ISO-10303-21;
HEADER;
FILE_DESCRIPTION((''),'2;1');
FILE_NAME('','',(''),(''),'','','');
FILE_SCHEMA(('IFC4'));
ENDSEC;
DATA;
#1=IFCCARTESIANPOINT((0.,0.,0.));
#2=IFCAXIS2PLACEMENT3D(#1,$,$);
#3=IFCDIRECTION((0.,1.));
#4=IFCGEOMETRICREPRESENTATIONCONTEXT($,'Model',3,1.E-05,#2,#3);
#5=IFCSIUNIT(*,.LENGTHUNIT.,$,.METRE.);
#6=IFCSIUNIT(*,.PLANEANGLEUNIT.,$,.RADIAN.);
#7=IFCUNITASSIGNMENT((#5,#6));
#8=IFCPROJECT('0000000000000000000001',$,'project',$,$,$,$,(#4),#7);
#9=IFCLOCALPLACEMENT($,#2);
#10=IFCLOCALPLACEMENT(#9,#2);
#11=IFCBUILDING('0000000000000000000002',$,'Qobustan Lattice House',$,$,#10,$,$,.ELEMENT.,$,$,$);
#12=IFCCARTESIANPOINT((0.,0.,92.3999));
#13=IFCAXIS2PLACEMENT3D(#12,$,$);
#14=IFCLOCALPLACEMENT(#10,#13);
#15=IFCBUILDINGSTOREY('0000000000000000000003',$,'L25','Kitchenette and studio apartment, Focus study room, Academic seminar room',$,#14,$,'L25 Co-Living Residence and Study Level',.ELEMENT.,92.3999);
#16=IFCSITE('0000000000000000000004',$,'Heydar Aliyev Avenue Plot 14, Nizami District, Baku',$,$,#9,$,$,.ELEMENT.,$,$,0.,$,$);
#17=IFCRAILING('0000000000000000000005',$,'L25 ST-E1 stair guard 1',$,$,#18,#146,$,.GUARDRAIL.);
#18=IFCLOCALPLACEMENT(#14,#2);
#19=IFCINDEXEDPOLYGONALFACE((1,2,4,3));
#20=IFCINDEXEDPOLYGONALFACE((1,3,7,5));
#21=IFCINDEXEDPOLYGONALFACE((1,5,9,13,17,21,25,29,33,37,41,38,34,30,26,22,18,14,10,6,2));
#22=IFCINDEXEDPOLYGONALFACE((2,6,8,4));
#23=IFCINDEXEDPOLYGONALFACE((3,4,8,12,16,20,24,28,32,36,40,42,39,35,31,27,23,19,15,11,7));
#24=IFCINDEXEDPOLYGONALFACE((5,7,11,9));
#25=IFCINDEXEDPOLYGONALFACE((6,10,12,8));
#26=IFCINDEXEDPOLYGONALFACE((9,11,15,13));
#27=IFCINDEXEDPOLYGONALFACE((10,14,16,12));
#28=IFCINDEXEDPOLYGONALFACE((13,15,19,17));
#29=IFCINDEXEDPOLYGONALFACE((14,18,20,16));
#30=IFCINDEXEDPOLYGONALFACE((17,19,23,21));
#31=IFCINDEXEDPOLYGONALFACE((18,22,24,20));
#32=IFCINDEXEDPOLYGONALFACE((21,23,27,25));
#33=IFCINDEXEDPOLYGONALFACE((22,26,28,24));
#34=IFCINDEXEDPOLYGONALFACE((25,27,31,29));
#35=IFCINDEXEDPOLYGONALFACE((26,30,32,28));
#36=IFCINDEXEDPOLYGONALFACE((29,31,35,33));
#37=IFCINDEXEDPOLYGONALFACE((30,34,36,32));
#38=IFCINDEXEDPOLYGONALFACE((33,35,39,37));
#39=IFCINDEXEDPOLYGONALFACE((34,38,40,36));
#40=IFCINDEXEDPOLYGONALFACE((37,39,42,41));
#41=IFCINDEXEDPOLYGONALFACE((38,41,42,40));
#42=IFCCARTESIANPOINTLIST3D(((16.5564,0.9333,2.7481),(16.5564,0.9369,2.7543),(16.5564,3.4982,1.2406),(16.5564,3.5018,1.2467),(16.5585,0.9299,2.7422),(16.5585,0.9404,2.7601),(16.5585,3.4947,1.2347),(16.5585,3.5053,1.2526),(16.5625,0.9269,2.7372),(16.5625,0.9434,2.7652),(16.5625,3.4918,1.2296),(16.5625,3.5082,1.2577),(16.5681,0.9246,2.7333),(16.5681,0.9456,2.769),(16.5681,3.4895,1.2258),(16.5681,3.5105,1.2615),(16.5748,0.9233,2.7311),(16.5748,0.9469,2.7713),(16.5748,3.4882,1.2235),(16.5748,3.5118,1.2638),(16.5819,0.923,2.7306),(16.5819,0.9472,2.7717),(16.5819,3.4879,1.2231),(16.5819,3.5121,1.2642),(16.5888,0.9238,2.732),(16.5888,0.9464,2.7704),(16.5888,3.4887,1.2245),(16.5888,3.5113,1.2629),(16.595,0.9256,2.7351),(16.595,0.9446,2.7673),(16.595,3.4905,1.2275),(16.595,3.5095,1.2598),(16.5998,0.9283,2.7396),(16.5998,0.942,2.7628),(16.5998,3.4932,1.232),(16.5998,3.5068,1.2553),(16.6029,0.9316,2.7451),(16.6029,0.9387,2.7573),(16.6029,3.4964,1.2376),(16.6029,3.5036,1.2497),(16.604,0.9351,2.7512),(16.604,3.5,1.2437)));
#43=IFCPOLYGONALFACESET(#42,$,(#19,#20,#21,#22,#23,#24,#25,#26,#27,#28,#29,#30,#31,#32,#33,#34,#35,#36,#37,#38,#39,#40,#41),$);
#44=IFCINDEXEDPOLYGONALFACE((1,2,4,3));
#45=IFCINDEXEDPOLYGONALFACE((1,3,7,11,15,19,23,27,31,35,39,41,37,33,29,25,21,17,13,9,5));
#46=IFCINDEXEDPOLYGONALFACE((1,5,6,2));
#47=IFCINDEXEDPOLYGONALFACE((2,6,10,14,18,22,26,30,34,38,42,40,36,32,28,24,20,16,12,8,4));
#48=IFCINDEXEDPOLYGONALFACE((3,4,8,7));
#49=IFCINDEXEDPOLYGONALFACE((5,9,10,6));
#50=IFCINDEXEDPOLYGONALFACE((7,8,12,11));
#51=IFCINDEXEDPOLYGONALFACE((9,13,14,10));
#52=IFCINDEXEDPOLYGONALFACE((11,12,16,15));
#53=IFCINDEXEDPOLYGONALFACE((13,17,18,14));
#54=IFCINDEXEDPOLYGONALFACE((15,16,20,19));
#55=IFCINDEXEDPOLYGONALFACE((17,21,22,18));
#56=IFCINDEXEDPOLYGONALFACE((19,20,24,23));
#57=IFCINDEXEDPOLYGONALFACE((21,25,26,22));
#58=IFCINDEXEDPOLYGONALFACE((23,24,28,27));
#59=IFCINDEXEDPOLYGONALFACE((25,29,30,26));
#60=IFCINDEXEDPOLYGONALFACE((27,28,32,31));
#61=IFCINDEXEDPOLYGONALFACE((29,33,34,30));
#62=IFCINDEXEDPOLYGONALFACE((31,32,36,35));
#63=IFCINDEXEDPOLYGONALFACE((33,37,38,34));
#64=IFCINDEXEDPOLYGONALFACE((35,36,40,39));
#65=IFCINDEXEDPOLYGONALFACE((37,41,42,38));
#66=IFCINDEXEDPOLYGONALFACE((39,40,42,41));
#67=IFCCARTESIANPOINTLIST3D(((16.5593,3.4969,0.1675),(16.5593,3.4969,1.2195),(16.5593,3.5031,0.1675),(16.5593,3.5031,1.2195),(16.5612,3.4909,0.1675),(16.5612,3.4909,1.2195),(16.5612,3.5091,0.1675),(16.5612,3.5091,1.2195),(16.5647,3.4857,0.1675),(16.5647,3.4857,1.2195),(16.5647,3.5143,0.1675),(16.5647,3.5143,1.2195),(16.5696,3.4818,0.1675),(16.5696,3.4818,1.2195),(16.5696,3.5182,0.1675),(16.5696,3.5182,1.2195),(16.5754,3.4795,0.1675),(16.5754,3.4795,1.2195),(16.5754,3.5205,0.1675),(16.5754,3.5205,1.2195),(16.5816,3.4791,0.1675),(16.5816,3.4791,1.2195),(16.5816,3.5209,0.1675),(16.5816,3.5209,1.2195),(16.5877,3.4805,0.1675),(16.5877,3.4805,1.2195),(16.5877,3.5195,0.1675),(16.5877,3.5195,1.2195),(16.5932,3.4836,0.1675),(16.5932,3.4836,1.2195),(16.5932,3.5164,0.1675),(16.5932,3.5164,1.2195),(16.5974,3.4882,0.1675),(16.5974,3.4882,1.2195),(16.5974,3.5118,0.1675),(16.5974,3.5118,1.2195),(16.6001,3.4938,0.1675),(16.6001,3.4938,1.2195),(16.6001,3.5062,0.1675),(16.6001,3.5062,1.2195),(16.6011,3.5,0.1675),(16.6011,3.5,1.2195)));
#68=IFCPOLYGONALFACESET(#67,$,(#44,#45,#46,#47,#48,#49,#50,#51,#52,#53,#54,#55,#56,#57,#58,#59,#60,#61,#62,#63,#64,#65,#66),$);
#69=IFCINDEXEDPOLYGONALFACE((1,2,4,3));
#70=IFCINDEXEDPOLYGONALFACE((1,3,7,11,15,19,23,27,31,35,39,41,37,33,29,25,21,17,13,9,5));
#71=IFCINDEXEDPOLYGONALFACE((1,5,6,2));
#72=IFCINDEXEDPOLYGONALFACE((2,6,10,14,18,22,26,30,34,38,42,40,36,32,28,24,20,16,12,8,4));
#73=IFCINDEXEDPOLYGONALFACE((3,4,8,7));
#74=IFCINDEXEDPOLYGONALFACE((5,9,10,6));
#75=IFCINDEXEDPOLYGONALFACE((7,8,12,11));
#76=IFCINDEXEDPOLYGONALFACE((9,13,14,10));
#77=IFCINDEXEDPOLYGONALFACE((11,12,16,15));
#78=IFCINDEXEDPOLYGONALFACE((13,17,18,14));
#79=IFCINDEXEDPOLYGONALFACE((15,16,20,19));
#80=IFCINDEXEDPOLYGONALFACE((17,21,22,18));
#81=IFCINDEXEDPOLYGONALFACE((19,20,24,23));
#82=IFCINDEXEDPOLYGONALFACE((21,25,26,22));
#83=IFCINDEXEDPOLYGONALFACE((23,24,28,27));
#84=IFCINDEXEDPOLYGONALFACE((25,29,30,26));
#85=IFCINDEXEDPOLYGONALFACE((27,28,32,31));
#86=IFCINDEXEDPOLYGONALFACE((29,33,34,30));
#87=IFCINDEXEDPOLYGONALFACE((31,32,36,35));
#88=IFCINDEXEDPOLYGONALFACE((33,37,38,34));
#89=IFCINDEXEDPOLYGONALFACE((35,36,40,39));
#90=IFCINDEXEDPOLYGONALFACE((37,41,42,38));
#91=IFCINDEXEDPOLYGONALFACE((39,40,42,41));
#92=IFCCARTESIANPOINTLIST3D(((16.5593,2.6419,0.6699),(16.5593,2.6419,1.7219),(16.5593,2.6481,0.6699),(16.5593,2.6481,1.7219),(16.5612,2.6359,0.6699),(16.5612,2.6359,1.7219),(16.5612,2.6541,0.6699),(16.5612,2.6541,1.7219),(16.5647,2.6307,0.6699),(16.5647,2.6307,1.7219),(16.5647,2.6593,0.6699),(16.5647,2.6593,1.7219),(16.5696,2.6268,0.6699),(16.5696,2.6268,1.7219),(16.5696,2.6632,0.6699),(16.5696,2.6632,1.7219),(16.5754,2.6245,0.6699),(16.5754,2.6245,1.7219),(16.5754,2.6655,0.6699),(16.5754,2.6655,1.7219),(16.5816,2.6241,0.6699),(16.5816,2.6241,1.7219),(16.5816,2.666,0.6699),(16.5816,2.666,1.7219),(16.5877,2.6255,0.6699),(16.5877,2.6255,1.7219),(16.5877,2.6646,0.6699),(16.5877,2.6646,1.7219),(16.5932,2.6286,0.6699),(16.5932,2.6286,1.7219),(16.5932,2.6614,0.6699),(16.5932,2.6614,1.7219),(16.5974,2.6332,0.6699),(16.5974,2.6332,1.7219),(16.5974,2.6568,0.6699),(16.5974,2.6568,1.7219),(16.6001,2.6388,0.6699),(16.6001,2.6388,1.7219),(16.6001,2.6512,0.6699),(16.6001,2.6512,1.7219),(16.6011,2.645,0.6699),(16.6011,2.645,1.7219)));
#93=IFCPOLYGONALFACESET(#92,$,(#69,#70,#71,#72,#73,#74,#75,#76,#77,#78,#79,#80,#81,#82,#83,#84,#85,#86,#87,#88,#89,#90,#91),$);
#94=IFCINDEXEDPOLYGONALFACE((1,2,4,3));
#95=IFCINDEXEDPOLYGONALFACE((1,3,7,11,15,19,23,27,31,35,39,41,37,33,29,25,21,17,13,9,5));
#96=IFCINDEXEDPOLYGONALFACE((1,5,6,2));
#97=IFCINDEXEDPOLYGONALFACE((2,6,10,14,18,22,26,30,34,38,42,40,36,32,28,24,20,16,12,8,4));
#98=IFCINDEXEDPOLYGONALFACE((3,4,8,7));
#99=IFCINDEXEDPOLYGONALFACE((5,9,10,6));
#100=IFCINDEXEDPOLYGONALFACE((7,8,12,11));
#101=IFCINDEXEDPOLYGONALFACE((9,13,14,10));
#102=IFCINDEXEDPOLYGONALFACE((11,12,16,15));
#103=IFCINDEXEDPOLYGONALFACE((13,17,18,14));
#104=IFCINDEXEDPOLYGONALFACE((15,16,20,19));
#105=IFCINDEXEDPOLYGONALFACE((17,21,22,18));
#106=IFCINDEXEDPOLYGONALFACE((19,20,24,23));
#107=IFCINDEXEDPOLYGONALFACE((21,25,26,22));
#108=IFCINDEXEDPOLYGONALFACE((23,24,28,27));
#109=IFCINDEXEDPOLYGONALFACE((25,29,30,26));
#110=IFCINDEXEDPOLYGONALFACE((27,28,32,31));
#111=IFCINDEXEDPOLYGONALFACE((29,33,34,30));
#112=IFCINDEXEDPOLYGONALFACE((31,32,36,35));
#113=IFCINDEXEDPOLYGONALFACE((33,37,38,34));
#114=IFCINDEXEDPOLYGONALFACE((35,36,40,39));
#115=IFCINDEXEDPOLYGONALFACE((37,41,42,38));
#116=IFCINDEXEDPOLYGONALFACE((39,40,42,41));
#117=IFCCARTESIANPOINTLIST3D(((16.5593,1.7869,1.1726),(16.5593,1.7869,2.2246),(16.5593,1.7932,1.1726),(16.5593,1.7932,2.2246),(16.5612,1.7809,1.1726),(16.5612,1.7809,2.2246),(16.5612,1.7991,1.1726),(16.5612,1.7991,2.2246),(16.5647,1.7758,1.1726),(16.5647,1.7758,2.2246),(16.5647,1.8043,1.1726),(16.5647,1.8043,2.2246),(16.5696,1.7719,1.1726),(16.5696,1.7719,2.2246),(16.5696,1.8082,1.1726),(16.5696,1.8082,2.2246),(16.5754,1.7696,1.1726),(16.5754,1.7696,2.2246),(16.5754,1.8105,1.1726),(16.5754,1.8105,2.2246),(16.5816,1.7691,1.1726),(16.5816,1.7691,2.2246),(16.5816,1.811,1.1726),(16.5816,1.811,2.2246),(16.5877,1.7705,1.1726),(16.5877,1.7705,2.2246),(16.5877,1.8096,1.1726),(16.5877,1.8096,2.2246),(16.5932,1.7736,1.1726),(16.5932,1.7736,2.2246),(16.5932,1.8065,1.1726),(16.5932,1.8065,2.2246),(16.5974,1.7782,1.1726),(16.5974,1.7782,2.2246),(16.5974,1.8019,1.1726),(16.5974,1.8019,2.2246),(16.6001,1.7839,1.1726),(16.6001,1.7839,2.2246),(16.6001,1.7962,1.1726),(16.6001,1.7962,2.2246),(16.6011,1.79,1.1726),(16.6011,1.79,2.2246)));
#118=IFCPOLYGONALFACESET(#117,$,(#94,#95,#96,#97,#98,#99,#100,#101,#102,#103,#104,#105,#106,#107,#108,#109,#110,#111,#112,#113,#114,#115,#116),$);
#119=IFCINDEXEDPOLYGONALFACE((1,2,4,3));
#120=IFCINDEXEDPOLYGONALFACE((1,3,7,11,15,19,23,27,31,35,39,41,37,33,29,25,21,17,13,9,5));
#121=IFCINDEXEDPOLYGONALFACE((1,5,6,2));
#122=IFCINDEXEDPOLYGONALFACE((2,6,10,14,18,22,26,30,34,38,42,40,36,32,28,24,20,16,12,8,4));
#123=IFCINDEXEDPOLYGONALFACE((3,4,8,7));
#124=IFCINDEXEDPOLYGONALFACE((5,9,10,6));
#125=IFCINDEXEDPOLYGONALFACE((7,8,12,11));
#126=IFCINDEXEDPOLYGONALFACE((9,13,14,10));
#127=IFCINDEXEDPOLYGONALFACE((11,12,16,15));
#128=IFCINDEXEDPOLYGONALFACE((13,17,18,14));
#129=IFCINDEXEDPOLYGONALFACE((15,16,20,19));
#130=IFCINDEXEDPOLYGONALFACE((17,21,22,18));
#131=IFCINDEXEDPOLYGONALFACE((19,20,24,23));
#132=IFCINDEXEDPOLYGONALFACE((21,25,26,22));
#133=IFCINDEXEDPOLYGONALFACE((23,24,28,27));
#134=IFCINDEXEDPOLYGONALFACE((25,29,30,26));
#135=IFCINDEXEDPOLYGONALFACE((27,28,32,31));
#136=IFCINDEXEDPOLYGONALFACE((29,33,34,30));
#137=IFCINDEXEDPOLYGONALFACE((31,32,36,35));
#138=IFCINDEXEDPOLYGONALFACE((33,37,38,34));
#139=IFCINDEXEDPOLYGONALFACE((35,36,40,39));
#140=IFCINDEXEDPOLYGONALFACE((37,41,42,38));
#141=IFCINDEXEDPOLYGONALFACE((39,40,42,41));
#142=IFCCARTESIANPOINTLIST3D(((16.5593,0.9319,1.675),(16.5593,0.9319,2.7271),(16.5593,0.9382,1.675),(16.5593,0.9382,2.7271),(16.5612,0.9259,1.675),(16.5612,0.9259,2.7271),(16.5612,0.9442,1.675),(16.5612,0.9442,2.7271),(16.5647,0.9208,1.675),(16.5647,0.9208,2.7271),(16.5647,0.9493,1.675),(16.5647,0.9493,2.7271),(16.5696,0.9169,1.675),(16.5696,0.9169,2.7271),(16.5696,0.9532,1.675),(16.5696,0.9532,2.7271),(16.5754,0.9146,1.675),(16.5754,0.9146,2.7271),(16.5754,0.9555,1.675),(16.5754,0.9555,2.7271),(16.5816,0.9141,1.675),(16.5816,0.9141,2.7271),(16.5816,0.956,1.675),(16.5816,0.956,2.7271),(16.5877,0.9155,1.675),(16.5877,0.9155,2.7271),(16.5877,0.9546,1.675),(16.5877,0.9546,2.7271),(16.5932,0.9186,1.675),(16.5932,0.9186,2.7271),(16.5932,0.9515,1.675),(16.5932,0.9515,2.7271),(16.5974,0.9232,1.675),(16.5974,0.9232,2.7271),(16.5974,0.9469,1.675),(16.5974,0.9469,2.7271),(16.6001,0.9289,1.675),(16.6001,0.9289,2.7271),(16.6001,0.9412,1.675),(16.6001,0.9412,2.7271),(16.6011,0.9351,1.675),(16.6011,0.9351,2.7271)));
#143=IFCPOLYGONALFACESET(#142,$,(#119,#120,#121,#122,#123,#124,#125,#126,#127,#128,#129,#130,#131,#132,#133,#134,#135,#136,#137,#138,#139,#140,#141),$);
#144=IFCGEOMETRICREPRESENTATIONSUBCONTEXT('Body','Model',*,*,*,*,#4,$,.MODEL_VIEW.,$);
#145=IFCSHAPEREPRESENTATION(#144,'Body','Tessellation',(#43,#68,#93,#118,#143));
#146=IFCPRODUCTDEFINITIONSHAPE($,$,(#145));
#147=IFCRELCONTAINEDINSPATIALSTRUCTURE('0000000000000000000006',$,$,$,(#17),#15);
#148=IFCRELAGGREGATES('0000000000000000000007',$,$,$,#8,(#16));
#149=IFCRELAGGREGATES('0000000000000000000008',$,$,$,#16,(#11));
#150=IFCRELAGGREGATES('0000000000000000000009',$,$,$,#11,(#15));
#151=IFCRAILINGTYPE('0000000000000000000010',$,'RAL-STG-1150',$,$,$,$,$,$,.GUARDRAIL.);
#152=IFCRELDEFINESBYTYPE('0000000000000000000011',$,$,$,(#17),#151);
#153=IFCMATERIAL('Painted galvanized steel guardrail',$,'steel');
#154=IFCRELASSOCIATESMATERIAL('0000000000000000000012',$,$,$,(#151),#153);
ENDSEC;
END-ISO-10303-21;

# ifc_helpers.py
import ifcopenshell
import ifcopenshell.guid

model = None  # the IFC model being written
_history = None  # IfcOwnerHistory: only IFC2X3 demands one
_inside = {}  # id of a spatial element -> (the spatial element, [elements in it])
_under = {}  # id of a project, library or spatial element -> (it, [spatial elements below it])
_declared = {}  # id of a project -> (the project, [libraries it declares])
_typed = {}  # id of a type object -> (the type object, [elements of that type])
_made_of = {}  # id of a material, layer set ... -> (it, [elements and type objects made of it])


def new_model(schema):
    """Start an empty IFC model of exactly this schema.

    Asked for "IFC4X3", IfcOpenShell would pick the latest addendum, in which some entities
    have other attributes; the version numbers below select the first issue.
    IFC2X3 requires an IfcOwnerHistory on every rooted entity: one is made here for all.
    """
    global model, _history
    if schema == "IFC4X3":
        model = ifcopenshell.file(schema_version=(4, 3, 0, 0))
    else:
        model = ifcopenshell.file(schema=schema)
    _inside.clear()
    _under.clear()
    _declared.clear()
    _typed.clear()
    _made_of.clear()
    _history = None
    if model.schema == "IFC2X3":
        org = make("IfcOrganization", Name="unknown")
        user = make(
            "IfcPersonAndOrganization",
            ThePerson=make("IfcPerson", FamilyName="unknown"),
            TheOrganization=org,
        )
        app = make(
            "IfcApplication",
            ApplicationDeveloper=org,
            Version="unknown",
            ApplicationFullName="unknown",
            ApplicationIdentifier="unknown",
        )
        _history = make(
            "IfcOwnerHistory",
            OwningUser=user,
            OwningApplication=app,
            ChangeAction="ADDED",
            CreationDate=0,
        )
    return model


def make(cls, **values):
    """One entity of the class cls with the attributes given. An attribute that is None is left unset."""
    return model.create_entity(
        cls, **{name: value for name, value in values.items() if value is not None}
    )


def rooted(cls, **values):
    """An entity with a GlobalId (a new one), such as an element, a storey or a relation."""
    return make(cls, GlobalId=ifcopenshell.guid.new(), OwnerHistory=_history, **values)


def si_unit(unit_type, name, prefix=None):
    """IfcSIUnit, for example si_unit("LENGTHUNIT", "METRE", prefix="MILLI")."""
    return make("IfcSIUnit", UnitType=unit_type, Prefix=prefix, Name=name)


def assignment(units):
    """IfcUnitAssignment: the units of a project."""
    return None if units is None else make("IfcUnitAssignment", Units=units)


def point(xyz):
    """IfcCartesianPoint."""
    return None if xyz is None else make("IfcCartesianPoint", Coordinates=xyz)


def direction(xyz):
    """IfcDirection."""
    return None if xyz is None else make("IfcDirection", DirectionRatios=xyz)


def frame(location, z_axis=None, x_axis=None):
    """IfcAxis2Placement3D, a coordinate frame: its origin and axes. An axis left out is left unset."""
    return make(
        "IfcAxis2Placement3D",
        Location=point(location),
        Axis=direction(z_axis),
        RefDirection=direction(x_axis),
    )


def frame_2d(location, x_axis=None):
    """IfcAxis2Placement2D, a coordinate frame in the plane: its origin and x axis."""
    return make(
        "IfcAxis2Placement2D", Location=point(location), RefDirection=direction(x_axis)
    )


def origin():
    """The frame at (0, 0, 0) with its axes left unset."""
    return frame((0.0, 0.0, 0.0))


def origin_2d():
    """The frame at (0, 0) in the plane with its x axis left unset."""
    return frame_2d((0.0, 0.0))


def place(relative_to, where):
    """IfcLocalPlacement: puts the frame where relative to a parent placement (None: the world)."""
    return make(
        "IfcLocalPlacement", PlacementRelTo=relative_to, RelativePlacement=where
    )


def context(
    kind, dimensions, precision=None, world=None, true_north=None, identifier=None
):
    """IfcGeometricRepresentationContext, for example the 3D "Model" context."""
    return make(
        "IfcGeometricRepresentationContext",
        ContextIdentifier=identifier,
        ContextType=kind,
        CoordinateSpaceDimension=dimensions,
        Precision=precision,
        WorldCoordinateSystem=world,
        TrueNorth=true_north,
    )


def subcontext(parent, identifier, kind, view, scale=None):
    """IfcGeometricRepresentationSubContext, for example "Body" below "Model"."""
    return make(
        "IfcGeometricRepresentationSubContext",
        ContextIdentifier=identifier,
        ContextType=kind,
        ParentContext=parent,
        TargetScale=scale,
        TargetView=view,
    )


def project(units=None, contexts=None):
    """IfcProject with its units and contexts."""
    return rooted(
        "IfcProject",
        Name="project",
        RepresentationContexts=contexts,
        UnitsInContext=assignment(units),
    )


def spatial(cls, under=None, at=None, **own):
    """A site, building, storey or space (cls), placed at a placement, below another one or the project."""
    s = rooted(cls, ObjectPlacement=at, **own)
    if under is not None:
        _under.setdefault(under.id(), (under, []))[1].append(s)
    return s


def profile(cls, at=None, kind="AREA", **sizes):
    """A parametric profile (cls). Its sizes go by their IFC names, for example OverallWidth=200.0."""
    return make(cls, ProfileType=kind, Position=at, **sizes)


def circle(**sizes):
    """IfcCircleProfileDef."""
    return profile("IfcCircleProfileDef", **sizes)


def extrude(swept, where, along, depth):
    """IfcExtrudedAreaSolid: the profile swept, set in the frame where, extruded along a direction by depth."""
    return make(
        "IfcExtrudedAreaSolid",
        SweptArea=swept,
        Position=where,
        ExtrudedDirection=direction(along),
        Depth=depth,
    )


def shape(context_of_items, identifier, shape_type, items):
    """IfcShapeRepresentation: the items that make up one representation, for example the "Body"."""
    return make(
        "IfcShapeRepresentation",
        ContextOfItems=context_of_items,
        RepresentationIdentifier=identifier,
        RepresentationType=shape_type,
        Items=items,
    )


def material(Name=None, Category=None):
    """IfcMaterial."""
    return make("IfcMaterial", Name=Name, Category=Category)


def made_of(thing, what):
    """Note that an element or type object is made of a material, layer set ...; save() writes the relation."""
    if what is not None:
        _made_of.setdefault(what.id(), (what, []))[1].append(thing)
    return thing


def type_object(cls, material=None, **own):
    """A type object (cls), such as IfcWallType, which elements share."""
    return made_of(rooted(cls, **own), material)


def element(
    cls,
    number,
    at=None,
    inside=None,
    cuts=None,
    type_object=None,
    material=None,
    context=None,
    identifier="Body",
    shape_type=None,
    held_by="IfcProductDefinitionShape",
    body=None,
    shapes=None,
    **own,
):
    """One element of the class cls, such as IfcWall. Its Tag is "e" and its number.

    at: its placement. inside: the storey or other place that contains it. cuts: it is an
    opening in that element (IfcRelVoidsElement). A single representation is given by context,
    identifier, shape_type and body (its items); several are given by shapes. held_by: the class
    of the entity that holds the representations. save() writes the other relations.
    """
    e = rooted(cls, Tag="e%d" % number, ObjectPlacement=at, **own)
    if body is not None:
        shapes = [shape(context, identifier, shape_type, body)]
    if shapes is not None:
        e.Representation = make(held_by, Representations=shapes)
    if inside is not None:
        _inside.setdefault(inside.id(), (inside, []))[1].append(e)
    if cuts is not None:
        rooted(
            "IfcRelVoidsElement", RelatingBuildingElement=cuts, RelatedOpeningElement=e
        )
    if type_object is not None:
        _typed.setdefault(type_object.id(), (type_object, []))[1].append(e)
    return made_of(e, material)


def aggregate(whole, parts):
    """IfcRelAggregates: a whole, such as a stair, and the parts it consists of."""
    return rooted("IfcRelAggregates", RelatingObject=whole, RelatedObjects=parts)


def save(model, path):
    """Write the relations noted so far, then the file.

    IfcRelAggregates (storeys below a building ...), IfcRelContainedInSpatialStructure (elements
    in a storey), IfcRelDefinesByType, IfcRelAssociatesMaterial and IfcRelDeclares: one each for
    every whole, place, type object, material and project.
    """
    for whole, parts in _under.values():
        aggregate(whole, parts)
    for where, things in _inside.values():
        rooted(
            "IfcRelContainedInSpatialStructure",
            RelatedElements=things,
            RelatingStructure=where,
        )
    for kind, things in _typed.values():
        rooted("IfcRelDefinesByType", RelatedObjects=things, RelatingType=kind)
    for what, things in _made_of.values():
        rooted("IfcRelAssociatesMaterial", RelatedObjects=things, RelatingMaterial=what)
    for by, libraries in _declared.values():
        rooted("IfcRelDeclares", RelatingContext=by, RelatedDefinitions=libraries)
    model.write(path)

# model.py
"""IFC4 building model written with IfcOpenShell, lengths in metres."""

from ifc_helpers import new_model, si_unit, direction, frame, origin, origin_2d, place, context, subcontext, project, spatial, circle, extrude, material, type_object, element, save


model = new_model("IFC4")

# Units and contexts
model_context = context("Model", 3, precision=1e-05, world=origin(), true_north=direction((0.0, 1.0)))
body_context = subcontext(model_context, "Body", "Model", "MODEL_VIEW")
ifc_project = project(units=[si_unit("LENGTHUNIT", "METRE"), si_unit("PLANEANGLEUNIT", "RADIAN")], contexts=[model_context])

# Site, building, storey
site_placement = place(None, origin())
site = spatial("IfcSite", under=ifc_project, at=site_placement, Name="Heydar Aliyev Avenue Plot 14, Nizami District, Baku", CompositionType="ELEMENT", RefElevation=0.0)
building_placement = place(site_placement, origin())
building = spatial("IfcBuilding", under=site, at=building_placement, Name="Qobustan Lattice House", CompositionType="ELEMENT")
storey_placement = place(building_placement, frame((0.0, 0.0, 92.3999)))
storey = spatial("IfcBuildingStorey", under=building, at=storey_placement, Name="L25", Description="Kitchenette and studio apartment, Focus study room, Academic seminar room", LongName="L25 Co-Living Residence and Study Level", CompositionType="ELEMENT", Elevation=92.3999)

# Railing
ifc_material_1 = material(Name="Painted galvanized steel guardrail", Category="steel")
railing_type_1 = type_object("IfcRailingType", Name="RAL-STG-1150", PredefinedType="GUARDRAIL", material=ifc_material_1)
railing_1_placement = place(storey_placement, frame((16.5801, 3.5, 0.1675)))
element("IfcRailing", 1, at=railing_1_placement, inside=storey, type_object=railing_type_1, Name="L25 ST-E1 stair guard 1", PredefinedType="GUARDRAIL", context=body_context, shape_type="SweptSolid", body=[
    extrude(circle(Radius=0.0239, at=origin_2d()), frame((0.0, 0.0, 1.0762), z_axis=(0.0, -0.862113, 0.506715), x_axis=(1.0, 0.0, 0.0)), (0.0, 0.0, 1.0), 2.9751),
    extrude(circle(Radius=0.021, at=origin_2d()), origin(), (0.0, 0.0, 1.0), 1.052),
    extrude(circle(Radius=0.021, at=origin_2d()), frame((0.0, -0.855, 0.5024)), (0.0, 0.0, 1.0), 1.052),
    extrude(circle(Radius=0.021, at=origin_2d()), frame((0.0, -1.71, 1.0051)), (0.0, 0.0, 1.0), 1.052),
    extrude(circle(Radius=0.021, at=origin_2d()), frame((0.0, -2.5649, 1.5076)), (0.0, 0.0, 1.0), 1.052),
])

save(model, "model.ifc")
